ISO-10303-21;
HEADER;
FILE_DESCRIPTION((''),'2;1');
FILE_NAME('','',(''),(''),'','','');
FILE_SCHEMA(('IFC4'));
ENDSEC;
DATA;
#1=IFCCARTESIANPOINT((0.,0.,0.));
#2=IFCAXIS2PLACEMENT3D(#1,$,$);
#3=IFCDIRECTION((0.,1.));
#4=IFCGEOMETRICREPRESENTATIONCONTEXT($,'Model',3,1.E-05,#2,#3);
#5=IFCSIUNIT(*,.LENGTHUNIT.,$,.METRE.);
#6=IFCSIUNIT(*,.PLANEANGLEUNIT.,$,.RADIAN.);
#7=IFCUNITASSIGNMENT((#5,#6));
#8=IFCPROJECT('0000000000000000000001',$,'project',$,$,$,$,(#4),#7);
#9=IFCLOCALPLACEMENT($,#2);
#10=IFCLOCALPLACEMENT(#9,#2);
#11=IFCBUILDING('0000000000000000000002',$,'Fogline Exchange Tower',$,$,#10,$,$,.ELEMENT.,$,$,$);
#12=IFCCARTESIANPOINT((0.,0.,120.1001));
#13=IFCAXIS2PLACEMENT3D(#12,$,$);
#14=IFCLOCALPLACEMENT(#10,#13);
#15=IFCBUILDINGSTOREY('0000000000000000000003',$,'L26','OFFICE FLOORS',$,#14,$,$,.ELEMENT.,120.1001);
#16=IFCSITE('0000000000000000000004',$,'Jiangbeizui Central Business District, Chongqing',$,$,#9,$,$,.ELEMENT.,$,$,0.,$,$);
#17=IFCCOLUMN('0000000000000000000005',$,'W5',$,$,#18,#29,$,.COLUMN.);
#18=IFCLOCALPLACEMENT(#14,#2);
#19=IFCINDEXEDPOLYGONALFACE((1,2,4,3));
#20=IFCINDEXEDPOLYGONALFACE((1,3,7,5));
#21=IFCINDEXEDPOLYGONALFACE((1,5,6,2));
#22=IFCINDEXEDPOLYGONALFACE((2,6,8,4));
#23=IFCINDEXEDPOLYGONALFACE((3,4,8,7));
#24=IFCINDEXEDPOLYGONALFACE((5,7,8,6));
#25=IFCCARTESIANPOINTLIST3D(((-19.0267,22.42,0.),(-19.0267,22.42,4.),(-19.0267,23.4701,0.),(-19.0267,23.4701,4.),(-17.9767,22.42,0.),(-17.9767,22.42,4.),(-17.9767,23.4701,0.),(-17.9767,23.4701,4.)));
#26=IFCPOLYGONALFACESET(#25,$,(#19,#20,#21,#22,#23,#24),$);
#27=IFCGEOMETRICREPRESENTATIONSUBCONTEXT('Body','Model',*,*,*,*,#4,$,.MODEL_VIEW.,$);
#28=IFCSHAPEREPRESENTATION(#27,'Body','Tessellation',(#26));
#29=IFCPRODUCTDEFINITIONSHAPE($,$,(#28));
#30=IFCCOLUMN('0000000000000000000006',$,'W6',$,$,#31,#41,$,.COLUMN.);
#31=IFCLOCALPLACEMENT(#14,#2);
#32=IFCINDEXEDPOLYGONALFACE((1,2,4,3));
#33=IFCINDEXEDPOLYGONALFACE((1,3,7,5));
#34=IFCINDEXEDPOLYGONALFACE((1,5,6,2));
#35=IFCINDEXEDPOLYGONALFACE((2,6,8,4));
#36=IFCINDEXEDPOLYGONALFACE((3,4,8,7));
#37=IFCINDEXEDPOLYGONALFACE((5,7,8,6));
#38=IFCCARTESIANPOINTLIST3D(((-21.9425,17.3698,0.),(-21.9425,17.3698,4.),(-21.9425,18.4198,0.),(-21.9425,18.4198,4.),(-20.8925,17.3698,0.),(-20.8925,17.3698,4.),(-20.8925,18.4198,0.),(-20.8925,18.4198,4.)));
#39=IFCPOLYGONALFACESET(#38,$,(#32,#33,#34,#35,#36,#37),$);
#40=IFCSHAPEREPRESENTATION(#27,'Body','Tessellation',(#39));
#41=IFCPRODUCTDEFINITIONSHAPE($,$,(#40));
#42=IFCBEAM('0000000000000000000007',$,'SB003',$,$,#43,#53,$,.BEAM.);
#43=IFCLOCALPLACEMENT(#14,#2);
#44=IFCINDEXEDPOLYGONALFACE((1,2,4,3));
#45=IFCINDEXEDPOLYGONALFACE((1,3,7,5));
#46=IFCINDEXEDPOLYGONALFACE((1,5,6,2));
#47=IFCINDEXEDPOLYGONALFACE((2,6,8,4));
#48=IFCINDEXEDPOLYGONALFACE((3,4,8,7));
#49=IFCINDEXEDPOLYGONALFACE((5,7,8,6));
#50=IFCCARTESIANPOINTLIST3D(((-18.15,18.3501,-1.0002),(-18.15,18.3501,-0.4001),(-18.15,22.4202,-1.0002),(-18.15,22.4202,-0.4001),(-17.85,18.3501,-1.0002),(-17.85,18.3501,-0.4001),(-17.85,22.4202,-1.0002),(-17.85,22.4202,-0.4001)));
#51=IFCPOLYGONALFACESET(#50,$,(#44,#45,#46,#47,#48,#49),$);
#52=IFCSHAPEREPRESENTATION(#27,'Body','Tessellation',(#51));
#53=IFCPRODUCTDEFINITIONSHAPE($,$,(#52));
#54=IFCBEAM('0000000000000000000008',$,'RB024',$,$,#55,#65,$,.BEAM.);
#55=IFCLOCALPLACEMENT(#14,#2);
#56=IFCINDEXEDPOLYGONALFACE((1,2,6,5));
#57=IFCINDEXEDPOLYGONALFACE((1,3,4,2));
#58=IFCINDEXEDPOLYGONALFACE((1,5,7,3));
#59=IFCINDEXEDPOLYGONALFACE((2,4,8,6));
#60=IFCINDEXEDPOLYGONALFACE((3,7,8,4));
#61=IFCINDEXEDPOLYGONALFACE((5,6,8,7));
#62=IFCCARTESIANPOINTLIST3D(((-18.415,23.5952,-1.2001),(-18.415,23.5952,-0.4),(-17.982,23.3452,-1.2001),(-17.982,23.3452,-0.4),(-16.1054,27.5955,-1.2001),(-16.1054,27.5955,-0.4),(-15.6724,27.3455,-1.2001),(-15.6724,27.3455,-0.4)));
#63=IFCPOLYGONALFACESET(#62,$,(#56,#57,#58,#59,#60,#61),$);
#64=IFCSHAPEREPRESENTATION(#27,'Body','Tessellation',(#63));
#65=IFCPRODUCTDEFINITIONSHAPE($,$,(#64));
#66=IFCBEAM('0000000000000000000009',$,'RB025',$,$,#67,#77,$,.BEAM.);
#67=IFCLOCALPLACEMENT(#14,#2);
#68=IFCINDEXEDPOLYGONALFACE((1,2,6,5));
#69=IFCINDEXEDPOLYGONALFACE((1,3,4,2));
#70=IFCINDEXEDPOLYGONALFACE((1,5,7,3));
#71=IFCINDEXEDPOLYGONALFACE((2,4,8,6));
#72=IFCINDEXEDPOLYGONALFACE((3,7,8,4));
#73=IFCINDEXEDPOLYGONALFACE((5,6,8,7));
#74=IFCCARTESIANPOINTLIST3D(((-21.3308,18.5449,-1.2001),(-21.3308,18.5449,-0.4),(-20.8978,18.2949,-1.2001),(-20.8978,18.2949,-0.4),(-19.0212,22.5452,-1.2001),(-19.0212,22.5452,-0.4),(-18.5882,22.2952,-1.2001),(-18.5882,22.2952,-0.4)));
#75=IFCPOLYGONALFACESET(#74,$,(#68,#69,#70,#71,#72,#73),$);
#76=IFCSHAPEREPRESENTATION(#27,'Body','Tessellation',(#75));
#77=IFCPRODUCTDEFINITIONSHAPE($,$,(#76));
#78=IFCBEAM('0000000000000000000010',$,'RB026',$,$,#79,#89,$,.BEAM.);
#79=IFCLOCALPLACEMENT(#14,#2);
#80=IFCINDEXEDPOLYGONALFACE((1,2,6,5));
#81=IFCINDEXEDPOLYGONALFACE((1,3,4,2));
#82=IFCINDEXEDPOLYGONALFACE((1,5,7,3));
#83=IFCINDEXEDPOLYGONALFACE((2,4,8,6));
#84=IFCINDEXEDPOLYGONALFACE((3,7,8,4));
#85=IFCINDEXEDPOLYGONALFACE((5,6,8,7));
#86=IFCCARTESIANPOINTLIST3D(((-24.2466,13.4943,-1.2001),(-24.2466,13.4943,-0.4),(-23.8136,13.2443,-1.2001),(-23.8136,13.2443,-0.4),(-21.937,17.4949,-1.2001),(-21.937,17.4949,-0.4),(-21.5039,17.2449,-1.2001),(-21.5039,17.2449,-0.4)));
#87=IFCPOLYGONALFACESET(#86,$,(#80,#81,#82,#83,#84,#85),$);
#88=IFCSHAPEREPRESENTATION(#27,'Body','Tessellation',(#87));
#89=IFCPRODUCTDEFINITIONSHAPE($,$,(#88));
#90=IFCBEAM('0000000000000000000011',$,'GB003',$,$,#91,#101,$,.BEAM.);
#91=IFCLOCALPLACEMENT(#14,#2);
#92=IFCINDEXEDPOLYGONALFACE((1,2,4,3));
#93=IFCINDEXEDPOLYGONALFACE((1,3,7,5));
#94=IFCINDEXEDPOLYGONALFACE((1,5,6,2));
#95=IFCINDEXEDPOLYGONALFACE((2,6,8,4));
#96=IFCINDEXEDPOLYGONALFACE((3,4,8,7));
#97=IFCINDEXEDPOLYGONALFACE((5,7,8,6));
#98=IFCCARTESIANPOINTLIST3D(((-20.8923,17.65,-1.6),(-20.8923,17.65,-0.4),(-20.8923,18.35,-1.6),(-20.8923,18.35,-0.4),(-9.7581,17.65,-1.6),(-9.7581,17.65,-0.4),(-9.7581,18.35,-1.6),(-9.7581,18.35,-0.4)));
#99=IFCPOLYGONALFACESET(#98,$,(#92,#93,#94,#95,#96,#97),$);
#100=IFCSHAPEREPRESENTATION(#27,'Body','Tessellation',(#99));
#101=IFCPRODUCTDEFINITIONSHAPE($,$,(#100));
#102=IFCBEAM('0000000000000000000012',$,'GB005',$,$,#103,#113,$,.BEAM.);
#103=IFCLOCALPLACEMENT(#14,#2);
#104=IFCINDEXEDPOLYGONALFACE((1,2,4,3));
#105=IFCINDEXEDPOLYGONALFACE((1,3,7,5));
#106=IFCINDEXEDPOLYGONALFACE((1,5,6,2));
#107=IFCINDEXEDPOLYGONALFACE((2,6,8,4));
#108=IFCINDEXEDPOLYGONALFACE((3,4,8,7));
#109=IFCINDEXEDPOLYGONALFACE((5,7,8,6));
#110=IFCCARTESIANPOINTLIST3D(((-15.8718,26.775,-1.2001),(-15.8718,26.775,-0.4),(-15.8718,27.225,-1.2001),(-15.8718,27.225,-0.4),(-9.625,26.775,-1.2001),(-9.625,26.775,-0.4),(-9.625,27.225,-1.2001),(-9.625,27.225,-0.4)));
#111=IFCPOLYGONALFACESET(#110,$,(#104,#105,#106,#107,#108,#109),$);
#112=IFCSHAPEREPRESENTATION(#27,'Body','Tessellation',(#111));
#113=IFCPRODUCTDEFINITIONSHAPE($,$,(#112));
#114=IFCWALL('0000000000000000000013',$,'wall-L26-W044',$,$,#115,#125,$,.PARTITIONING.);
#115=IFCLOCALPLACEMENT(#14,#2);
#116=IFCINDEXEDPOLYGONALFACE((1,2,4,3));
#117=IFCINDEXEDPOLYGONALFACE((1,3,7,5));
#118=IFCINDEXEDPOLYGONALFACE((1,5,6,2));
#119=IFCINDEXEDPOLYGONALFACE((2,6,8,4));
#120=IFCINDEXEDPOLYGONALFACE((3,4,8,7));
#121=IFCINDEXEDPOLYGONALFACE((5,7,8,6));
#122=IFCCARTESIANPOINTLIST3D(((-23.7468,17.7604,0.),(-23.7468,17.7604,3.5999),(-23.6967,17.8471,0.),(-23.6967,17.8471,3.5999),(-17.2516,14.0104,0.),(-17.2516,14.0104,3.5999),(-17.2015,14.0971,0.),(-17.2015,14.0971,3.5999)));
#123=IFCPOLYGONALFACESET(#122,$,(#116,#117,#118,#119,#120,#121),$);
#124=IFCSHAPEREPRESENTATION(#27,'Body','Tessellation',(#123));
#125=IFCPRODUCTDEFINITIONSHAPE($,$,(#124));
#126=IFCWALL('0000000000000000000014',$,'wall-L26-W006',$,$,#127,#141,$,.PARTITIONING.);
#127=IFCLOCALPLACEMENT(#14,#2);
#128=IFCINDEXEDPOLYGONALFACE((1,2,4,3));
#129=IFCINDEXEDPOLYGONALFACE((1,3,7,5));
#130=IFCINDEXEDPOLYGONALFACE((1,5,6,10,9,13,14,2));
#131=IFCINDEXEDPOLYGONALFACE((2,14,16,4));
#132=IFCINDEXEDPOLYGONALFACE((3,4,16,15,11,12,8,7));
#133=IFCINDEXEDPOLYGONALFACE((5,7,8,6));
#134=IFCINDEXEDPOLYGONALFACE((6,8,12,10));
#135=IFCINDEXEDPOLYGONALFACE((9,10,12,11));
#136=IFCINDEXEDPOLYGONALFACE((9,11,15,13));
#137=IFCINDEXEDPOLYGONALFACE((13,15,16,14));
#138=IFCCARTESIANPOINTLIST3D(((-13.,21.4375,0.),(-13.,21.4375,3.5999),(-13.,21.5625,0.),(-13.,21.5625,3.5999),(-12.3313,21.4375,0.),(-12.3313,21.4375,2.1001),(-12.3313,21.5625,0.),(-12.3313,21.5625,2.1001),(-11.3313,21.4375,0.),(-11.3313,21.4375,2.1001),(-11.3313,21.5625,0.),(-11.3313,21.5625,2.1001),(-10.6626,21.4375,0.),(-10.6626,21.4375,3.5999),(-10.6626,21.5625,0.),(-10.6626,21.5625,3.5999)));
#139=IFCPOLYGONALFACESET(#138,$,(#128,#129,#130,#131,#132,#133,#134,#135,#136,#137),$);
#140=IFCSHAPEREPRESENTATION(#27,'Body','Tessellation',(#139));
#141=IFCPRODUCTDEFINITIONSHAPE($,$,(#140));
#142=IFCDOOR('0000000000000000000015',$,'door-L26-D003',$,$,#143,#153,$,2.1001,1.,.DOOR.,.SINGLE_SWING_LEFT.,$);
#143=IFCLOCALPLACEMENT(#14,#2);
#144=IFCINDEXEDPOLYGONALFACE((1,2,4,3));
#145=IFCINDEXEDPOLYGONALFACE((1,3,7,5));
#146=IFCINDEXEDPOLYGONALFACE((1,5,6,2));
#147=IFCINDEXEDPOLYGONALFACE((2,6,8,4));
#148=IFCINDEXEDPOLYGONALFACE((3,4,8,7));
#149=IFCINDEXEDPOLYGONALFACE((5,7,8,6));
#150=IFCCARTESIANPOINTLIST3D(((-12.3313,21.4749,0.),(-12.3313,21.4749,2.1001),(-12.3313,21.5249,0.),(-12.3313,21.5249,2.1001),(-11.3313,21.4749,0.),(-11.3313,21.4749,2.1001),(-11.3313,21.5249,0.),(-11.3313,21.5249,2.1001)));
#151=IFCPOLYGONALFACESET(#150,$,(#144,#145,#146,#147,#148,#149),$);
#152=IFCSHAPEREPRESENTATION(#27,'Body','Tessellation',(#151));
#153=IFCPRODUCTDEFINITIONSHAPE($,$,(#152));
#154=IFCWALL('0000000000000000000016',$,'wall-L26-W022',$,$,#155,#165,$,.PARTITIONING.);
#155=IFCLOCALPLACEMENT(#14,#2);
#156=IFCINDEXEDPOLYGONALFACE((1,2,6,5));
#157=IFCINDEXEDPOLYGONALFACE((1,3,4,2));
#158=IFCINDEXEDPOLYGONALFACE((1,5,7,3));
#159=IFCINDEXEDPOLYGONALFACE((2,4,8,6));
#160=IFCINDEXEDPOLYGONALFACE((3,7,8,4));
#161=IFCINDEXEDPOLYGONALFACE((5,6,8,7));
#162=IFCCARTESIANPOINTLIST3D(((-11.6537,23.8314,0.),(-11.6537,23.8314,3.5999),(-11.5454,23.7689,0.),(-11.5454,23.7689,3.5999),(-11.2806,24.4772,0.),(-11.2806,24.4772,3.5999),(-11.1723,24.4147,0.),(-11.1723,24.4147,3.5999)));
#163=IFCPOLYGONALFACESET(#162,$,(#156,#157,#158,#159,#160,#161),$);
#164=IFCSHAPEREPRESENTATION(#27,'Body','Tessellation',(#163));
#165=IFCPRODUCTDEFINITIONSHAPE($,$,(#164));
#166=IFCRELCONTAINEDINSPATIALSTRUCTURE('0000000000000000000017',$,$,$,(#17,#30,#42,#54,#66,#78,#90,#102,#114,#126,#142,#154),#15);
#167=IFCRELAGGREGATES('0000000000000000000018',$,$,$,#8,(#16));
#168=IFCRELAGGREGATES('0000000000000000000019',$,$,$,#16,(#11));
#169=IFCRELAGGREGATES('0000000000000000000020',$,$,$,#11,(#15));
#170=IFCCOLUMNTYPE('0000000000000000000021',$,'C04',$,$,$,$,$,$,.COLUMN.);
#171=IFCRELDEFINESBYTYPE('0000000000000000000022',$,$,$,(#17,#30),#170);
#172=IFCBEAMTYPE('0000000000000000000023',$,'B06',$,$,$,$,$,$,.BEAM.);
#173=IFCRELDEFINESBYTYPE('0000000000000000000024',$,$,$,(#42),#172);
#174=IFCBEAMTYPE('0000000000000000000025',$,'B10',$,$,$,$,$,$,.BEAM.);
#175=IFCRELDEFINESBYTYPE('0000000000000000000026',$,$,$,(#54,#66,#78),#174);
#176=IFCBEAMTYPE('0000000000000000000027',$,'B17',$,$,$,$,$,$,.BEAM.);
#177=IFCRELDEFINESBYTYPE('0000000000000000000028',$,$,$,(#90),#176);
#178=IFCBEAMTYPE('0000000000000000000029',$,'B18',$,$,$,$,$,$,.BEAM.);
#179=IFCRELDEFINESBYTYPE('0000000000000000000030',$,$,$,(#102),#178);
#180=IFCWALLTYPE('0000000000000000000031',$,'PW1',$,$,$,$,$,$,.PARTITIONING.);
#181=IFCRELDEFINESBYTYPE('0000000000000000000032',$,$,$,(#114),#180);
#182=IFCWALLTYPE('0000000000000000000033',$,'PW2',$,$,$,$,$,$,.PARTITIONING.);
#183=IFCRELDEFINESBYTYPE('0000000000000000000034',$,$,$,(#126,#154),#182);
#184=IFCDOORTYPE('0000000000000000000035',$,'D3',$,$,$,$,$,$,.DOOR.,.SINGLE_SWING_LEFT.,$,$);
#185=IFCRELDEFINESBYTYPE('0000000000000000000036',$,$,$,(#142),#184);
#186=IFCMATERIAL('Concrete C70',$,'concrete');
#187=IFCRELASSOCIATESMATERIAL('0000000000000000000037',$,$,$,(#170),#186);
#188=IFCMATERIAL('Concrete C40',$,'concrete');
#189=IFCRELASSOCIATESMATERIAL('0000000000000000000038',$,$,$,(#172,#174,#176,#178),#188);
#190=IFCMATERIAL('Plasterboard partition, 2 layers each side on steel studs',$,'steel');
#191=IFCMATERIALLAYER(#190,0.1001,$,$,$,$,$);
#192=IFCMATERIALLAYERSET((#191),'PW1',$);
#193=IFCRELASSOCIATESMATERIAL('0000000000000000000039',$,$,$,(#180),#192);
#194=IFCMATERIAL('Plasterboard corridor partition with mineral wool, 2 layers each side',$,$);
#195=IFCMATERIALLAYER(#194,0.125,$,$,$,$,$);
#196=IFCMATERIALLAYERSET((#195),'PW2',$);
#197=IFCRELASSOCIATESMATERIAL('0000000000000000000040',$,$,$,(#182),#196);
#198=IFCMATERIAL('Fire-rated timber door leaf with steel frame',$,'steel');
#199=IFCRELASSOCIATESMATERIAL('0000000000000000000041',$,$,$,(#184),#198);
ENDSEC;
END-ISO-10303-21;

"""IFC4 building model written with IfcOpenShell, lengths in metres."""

from ifc_helpers import new_model, si_unit, direction, frame, frame_2d, origin, origin_2d, place, context, subcontext, project, spatial, rectangle, extrude, material, layer, layer_set, material_profile, profile_set, type_object, element, fill, save


model = new_model("IFC4")

# Units and contexts
model_context = context("Model", 3, precision=1e-05, world=origin(), true_north=direction((0.0, 1.0)))
body_context = subcontext(model_context, "Body", "Model", "MODEL_VIEW")
ifc_project = project(units=[si_unit("LENGTHUNIT", "METRE"), si_unit("PLANEANGLEUNIT", "RADIAN")], contexts=[model_context])

# Site, building, storey
site_placement = place(None, origin())
site = spatial("IfcSite", under=ifc_project, at=site_placement, Name="Jiangbeizui Central Business District, Chongqing", CompositionType="ELEMENT", RefElevation=0.0)
building_placement = place(site_placement, origin())
building = spatial("IfcBuilding", under=site, at=building_placement, Name="Fogline Exchange Tower", CompositionType="ELEMENT")
storey_placement = place(building_placement, frame((0.0, 0.0, 120.1001)))
storey = spatial("IfcBuildingStorey", under=building, at=storey_placement, Name="L26", Description="OFFICE FLOORS", CompositionType="ELEMENT", Elevation=120.1001)

# Columns
ifc_material_1 = material(Name="Concrete C70", Category="concrete")
ifc_material_profile_1 = material_profile(ifc_material_1, rectangle(XDim=1.05, YDim=1.05, at=origin_2d()), Name="RC 1050x1050")
ifc_profile_set_1 = profile_set([ifc_material_profile_1], Name="Concrete C70")
column_type = type_object("IfcColumnType", Name="C04", PredefinedType="COLUMN", material=ifc_profile_set_1)
for number, where, z_axis, x_axis, name in (
    (1, (-18.5017, 22.9451, 0.0), (0.0, 0.0, 1.0), (1.0, 0.0, 0.0), "W5"),
    (2, (-21.4175, 17.8948, 0.0), (0.0, 0.0, 1.0), (1.0, 0.0, 0.0), "W6"),
):
    element("IfcColumn", number, at=place(storey_placement, frame(where, z_axis=z_axis, x_axis=x_axis)), inside=storey, type_object=column_type, Name=name, PredefinedType="COLUMN", context=body_context, shape_type="SweptSolid", body=[
        extrude(rectangle(XDim=1.05, YDim=1.05, at=origin_2d()), origin(), (0.0, 0.0, 1.0), 4.0),
    ])

# Beams
ifc_material_2 = material(Name="Concrete C40", Category="concrete")
ifc_material_profile_2 = material_profile(ifc_material_2, rectangle(XDim=0.3, YDim=0.6001, at=origin_2d()), Name="RC 300x600")
ifc_profile_set_2 = profile_set([ifc_material_profile_2], Name="Concrete C40")
beam_type_1 = type_object("IfcBeamType", Name="B06", PredefinedType="BEAM", material=ifc_profile_set_2)
beam_1_placement = place(storey_placement, frame((-18.0, 18.3501, -0.7002), z_axis=(0.0, 1.0, 0.0), x_axis=(-1.0, 0.0, 0.0)))
element("IfcBeam", 3, at=beam_1_placement, inside=storey, type_object=beam_type_1, Name="SB003", PredefinedType="BEAM", context=body_context, shape_type="SweptSolid", body=[
    extrude(rectangle(XDim=0.3, YDim=0.6001, at=origin_2d()), origin(), (0.0, 0.0, 1.0), 4.0701),
])
ifc_material_profile_3 = material_profile(ifc_material_2, rectangle(XDim=0.5, YDim=0.8, at=origin_2d()), Name="RC 500x800")
ifc_profile_set_3 = profile_set([ifc_material_profile_3], Name="Concrete C40")
beam_type_2 = type_object("IfcBeamType", Name="B10", PredefinedType="BEAM", material=ifc_profile_set_3)
for number, where, z_axis, x_axis, name in (
    (4, (-15.8889, 27.4705, -0.8), (-0.500005, -0.866023, 0.0), (0.866023, -0.500005, 0.0), "RB024"),
    (5, (-18.8047, 22.4202, -0.8), (-0.500005, -0.866023, 0.0), (0.866023, -0.500005, 0.0), "RB025"),
):
    element("IfcBeam", number, at=place(storey_placement, frame(where, z_axis=z_axis, x_axis=x_axis)), inside=storey, type_object=beam_type_2, Name=name, PredefinedType="BEAM", context=body_context, shape_type="SweptSolid", body=[
        extrude(rectangle(XDim=0.5, YDim=0.8, at=origin_2d()), origin(), (0.0, 0.0, 1.0), 4.6191),
    ])
beam_2_placement = place(storey_placement, frame((-21.7205, 17.3699, -0.8), z_axis=(-0.499982, -0.866036, 0.0), x_axis=(0.866036, -0.499982, 0.0)))
element("IfcBeam", 6, at=beam_2_placement, inside=storey, type_object=beam_type_2, Name="RB026", PredefinedType="BEAM", context=body_context, shape_type="SweptSolid", body=[
    extrude(rectangle(XDim=0.5, YDim=0.8, at=origin_2d()), origin(), (0.0, 0.0, 1.0), 4.6194),
])
ifc_material_profile_4 = material_profile(ifc_material_2, rectangle(XDim=0.7, YDim=1.2, at=origin_2d()), Name="RC 700x1200")
ifc_profile_set_4 = profile_set([ifc_material_profile_4], Name="Concrete C40")
beam_type_3 = type_object("IfcBeamType", Name="B17", PredefinedType="BEAM", material=ifc_profile_set_4)
beam_3_placement = place(storey_placement, frame((-20.8923, 18.0, -1.0), z_axis=(1.0, 0.0, 0.0), x_axis=(0.0, 1.0, 0.0)))
element("IfcBeam", 7, at=beam_3_placement, inside=storey, type_object=beam_type_3, Name="GB003", PredefinedType="BEAM", context=body_context, shape_type="SweptSolid", body=[
    extrude(rectangle(XDim=0.7, YDim=1.2, at=origin_2d()), origin(), (0.0, 0.0, 1.0), 11.1343),
])
ifc_material_profile_5 = material_profile(ifc_material_2, rectangle(XDim=0.45, YDim=0.8, at=origin_2d()), Name="RC 450x800")
ifc_profile_set_5 = profile_set([ifc_material_profile_5], Name="Concrete C40")
beam_type_4 = type_object("IfcBeamType", Name="B18", PredefinedType="BEAM", material=ifc_profile_set_5)
beam_4_placement = place(storey_placement, frame((-15.8718, 27.0, -0.8), z_axis=(1.0, 0.0, 0.0), x_axis=(0.0, 1.0, 0.0)))
element("IfcBeam", 8, at=beam_4_placement, inside=storey, type_object=beam_type_4, Name="GB005", PredefinedType="BEAM", context=body_context, shape_type="SweptSolid", body=[
    extrude(rectangle(XDim=0.45, YDim=0.8, at=origin_2d()), origin(), (0.0, 0.0, 1.0), 6.2468),
])

# Wall
ifc_material_3 = material(Name="Plasterboard partition, 2 layers each side on steel studs", Category="steel")
ifc_layer_1 = layer(ifc_material_3, 0.1001)
ifc_layer_set_1 = layer_set([ifc_layer_1], Name="PW1")
wall_type_1 = type_object("IfcWallType", Name="PW1", PredefinedType="PARTITIONING", material=ifc_layer_set_1)
wall_1_placement = place(storey_placement, frame((-17.2266, 14.0537, 0.0), z_axis=(0.0, 0.0, 1.0), x_axis=(-0.866023, 0.500004, 0.0)))
element("IfcWall", 9, at=wall_1_placement, inside=storey, type_object=wall_type_1, Name="wall-L26-W044", PredefinedType="PARTITIONING", context=body_context, shape_type="SweptSolid", body=[
    extrude(rectangle(XDim=7.5, YDim=0.1001, at=frame_2d((3.75, 0.0))), origin(), (0.0, 0.0, 1.0), 3.5999),
])

# Wall, opening, door
ifc_material_4 = material(Name="Plasterboard corridor partition with mineral wool, 2 layers each side")
ifc_layer_2 = layer(ifc_material_4, 0.125)
ifc_layer_set_2 = layer_set([ifc_layer_2], Name="PW2")
wall_type_2 = type_object("IfcWallType", Name="PW2", PredefinedType="PARTITIONING", material=ifc_layer_set_2)
wall_2_placement = place(storey_placement, frame((-13.0, 21.5, 0.0), z_axis=(0.0, 0.0, 1.0), x_axis=(1.0, 0.0, 0.0)))
wall_2 = element("IfcWall", 10, at=wall_2_placement, inside=storey, type_object=wall_type_2, Name="wall-L26-W006", PredefinedType="PARTITIONING", context=body_context, shape_type="SweptSolid", body=[
    extrude(rectangle(XDim=2.3374, YDim=0.125, at=frame_2d((1.1687, 0.0))), origin(), (0.0, 0.0, 1.0), 3.5999),
])
opening_1_placement = place(wall_2_placement, frame((0.6687, 0.0, 0.0)))
opening_1 = element("IfcOpeningElement", 11, at=opening_1_placement, cuts=wall_2, PredefinedType="OPENING", context=body_context, shape_type="SweptSolid", body=[
    extrude(rectangle(XDim=1.0, YDim=2.1001, at=frame_2d((0.5, 1.05))), frame((0.0, 0.0725, 0.0), z_axis=(0.0, -1.0, 0.0), x_axis=(1.0, 0.0, 0.0)), (0.0, 0.0, 1.0), 0.145),
])
ifc_material_5 = material(Name="Fire-rated timber door leaf with steel frame", Category="steel")
door_type = type_object("IfcDoorType", Name="D3", OperationType="SINGLE_SWING_LEFT", PredefinedType="DOOR", material=ifc_material_5)
door_1_placement = place(opening_1_placement, origin())
door_1 = element("IfcDoor", 12, at=door_1_placement, inside=storey, type_object=door_type, Name="door-L26-D003", OperationType="SINGLE_SWING_LEFT", OverallHeight=2.1001, OverallWidth=1.0, PredefinedType="DOOR", context=body_context, shape_type="SweptSolid", body=[
    extrude(rectangle(XDim=1.0, YDim=2.1001, at=frame_2d((0.5, 1.05))), frame((0.0, 0.0249, 0.0), z_axis=(0.0, -1.0, 0.0), x_axis=(1.0, 0.0, 0.0)), (0.0, 0.0, 1.0), 0.05),
])
fill(opening_1, door_1)

# Wall
wall_3_placement = place(storey_placement, frame((-11.5996, 23.8, 0.0), z_axis=(0.0, 0.0, 1.0), x_axis=(0.500223, 0.865897, 0.0)))
element("IfcWall", 13, at=wall_3_placement, inside=storey, type_object=wall_type_2, Name="wall-L26-W022", PredefinedType="PARTITIONING", context=body_context, shape_type="SweptSolid", body=[
    extrude(rectangle(XDim=0.7458, YDim=0.125, at=frame_2d((0.373, 0.0))), origin(), (0.0, 0.0, 1.0), 3.5999),
])

save(model, "model.ifc")
